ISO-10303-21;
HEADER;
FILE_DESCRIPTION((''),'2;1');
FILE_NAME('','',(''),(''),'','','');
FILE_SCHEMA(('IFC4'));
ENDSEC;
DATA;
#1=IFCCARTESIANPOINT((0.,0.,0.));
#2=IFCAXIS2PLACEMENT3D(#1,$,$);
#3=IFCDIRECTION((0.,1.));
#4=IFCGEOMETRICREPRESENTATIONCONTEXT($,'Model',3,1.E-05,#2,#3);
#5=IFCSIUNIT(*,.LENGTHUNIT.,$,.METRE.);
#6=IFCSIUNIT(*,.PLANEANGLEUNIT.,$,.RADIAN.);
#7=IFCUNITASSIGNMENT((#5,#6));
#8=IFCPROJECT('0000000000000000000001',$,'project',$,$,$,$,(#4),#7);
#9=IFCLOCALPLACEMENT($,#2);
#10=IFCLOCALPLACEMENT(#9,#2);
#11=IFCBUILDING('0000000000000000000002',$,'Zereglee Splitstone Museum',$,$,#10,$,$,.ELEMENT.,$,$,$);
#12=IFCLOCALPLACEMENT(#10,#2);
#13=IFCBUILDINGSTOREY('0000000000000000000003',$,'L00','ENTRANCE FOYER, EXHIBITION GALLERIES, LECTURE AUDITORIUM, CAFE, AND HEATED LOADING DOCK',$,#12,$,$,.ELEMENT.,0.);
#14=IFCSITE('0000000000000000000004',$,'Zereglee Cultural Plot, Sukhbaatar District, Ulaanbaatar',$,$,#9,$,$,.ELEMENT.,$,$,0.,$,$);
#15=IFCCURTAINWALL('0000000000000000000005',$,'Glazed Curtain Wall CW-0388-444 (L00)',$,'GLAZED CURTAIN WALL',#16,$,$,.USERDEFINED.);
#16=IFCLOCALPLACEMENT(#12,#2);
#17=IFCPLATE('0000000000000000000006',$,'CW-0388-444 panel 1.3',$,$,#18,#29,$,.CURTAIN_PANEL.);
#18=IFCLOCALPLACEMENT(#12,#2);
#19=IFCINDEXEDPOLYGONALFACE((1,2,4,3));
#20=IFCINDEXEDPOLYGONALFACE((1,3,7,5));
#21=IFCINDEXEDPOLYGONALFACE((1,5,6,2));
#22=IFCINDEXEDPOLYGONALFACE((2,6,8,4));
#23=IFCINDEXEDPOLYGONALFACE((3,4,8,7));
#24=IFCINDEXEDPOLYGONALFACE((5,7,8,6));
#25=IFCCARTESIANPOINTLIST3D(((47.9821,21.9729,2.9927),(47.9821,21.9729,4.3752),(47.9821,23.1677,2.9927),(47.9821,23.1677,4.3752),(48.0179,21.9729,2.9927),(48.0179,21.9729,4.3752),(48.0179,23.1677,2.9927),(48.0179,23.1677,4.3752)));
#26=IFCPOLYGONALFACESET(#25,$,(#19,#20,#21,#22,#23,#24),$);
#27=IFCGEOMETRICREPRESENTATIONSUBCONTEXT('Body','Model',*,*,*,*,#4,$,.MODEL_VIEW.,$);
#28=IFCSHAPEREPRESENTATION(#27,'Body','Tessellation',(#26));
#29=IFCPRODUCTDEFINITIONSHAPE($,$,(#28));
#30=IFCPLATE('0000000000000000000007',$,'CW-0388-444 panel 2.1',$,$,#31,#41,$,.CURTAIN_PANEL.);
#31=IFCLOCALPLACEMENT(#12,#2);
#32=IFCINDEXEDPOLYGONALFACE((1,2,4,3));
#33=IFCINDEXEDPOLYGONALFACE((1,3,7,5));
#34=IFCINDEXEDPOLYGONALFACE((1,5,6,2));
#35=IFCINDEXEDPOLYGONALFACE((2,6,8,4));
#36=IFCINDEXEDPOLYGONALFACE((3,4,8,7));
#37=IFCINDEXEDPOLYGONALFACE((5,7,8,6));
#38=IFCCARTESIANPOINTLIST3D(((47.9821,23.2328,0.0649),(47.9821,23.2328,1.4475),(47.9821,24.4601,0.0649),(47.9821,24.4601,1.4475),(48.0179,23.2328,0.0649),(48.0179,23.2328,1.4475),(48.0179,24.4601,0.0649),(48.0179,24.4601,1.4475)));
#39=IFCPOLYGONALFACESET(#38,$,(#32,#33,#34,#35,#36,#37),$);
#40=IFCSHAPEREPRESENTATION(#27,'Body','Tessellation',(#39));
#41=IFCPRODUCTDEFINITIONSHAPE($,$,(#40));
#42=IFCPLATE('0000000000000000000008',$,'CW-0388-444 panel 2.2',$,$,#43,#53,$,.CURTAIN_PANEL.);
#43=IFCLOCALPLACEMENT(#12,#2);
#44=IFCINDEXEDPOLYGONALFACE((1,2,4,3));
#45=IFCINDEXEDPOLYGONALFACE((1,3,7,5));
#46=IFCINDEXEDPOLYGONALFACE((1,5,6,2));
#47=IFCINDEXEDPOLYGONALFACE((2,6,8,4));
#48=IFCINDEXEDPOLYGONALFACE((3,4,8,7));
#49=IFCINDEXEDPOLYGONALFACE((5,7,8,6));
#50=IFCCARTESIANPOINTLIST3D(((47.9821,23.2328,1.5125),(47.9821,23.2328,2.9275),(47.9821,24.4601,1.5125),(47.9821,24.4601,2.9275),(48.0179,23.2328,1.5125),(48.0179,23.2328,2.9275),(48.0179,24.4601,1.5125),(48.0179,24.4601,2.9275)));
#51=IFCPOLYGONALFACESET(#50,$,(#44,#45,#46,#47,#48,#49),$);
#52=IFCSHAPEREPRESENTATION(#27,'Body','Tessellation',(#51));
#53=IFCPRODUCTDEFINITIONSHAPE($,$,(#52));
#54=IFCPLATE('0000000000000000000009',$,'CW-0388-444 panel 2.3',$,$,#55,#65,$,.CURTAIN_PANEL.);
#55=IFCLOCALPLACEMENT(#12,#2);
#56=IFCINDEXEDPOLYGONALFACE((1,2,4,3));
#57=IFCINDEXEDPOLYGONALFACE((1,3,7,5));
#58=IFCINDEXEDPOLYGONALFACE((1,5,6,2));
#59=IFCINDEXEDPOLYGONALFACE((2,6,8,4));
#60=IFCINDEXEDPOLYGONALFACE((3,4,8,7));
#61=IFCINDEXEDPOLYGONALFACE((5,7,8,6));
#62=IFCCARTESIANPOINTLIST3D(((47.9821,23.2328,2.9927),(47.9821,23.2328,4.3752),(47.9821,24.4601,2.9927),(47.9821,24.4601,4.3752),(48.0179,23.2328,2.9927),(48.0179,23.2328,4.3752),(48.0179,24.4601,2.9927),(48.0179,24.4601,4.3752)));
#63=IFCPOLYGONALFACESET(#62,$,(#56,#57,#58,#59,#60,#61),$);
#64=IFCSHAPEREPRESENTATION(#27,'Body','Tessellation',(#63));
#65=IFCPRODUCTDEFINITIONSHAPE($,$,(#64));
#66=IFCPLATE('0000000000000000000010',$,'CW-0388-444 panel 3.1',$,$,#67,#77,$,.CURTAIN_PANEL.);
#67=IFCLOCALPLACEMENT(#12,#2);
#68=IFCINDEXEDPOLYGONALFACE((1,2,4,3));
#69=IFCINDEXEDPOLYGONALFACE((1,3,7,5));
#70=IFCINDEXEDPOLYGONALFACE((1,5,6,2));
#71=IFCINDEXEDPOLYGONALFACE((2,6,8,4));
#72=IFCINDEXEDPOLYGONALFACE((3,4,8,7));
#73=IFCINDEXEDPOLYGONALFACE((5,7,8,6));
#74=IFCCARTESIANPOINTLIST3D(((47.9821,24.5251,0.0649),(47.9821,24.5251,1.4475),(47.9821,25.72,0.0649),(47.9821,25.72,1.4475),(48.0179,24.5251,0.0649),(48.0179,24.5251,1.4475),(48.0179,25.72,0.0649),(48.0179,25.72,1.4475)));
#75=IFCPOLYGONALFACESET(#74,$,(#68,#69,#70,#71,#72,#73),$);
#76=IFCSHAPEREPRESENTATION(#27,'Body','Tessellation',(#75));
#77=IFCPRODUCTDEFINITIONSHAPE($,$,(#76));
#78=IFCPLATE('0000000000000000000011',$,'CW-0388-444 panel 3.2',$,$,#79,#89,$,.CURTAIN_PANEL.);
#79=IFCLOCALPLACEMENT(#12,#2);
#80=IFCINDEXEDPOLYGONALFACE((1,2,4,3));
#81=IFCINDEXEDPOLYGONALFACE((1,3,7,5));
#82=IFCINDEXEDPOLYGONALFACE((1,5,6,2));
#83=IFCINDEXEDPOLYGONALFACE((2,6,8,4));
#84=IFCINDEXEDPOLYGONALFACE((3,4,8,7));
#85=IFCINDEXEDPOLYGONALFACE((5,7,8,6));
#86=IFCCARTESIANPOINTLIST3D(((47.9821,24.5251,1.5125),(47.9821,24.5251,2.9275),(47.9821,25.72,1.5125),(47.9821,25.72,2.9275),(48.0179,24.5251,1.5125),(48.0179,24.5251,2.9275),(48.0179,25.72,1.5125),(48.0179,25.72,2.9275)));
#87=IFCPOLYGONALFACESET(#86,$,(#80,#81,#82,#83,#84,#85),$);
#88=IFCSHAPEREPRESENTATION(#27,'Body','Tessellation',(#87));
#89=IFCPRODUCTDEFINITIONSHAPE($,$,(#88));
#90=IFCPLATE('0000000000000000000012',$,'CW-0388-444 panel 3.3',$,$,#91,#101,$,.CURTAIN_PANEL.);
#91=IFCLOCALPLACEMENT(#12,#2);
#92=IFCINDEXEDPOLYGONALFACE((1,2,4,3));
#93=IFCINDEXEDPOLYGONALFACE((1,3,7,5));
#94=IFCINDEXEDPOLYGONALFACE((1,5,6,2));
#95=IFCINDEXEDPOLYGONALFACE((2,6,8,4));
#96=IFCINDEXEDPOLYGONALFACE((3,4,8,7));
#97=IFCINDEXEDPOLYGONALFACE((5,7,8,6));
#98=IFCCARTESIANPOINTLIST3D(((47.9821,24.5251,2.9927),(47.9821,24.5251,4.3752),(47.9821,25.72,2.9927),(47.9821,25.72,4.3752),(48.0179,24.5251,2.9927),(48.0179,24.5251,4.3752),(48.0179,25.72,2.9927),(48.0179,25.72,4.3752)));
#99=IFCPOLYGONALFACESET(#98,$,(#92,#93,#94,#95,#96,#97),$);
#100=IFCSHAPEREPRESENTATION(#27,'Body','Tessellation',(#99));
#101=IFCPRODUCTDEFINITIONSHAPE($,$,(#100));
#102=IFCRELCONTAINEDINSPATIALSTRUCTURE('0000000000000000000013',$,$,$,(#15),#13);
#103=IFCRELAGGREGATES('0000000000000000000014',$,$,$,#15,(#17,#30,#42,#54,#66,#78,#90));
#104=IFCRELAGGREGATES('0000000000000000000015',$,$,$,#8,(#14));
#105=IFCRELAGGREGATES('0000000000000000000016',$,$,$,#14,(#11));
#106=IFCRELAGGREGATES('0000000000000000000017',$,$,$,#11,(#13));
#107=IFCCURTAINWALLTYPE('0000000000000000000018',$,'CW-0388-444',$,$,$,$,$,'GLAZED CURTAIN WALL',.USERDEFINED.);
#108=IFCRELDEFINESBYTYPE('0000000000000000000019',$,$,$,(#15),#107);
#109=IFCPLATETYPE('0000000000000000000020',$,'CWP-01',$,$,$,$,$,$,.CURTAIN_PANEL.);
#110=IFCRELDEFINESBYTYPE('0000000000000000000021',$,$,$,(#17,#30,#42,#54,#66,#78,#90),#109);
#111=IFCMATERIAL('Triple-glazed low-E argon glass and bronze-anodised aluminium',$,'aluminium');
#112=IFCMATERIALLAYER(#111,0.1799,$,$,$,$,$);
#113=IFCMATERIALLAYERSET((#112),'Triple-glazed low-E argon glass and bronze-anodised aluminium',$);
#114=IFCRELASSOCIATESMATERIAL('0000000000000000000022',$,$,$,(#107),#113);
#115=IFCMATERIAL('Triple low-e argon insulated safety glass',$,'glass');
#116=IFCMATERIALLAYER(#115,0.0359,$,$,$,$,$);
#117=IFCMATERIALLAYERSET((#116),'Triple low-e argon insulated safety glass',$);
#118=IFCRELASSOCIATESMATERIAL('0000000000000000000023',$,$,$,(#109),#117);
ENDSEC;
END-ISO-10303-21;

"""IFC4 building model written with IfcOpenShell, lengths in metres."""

from ifc_helpers import new_model, si_unit, direction, frame, origin, origin_2d, place, context, subcontext, project, spatial, rectangle, extrude, material, layer, layer_set, type_object, element, aggregate, save


model = new_model("IFC4")

# Units and contexts
model_context = context("Model", 3, precision=1e-05, world=origin(), true_north=direction((0.0, 1.0)))
body_context = subcontext(model_context, "Body", "Model", "MODEL_VIEW")
ifc_project = project(units=[si_unit("LENGTHUNIT", "METRE"), si_unit("PLANEANGLEUNIT", "RADIAN")], contexts=[model_context])

# Site, building, storey
site_placement = place(None, origin())
site = spatial("IfcSite", under=ifc_project, at=site_placement, Name="Zereglee Cultural Plot, Sukhbaatar District, Ulaanbaatar", CompositionType="ELEMENT", RefElevation=0.0)
building_placement = place(site_placement, origin())
building = spatial("IfcBuilding", under=site, at=building_placement, Name="Zereglee Splitstone Museum", CompositionType="ELEMENT")
storey_placement = place(building_placement, origin())
storey = spatial("IfcBuildingStorey", under=building, at=storey_placement, Name="L00", Description="ENTRANCE FOYER, EXHIBITION GALLERIES, LECTURE AUDITORIUM, CAFE, AND HEATED LOADING DOCK", CompositionType="ELEMENT", Elevation=0.0)

# Curtain wall, plates
ifc_material_1 = material(Name="Triple-glazed low-E argon glass and bronze-anodised aluminium", Category="aluminium")
ifc_layer_1 = layer(ifc_material_1, 0.1799)
ifc_layer_set_1 = layer_set([ifc_layer_1], Name="Triple-glazed low-E argon glass and bronze-anodised aluminium")
curtain_wall_type = type_object("IfcCurtainWallType", Name="CW-0388-444", ElementType="GLAZED CURTAIN WALL", PredefinedType="USERDEFINED", material=ifc_layer_set_1)
curtain_wall_placement = place(storey_placement, origin())
curtain_wall = element("IfcCurtainWall", 1, at=curtain_wall_placement, inside=storey, type_object=curtain_wall_type, Name="Glazed Curtain Wall CW-0388-444 (L00)", ObjectType="GLAZED CURTAIN WALL", PredefinedType="USERDEFINED")
ifc_material_2 = material(Name="Triple low-e argon insulated safety glass", Category="glass")
ifc_layer_2 = layer(ifc_material_2, 0.0359)
ifc_layer_set_2 = layer_set([ifc_layer_2], Name="Triple low-e argon insulated safety glass")
plate_type = type_object("IfcPlateType", Name="CWP-01", PredefinedType="CURTAIN_PANEL", material=ifc_layer_set_2)
plate_1_placement = place(storey_placement, frame((48.0, 22.5703, 2.9927), z_axis=(0.0, 0.0, 1.0), x_axis=(0.0, 1.0, 0.0)))
plate_1 = element("IfcPlate", 2, at=plate_1_placement, type_object=plate_type, Name="CW-0388-444 panel 1.3", PredefinedType="CURTAIN_PANEL", context=body_context, shape_type="SweptSolid", body=[
    extrude(rectangle(XDim=1.1948, YDim=0.0359, at=origin_2d()), origin(), (0.0, 0.0, 1.0), 1.3826),
])
plate_2_placement = place(storey_placement, frame((48.0, 23.8464, 0.0649), z_axis=(0.0, 0.0, 1.0), x_axis=(0.0, 1.0, 0.0)))
plate_2 = element("IfcPlate", 3, at=plate_2_placement, type_object=plate_type, Name="CW-0388-444 panel 2.1", PredefinedType="CURTAIN_PANEL", context=body_context, shape_type="SweptSolid", body=[
    extrude(rectangle(XDim=1.2273, YDim=0.0359, at=origin_2d()), origin(), (0.0, 0.0, 1.0), 1.3826),
])
plate_3_placement = place(storey_placement, frame((48.0, 23.8464, 1.5125), z_axis=(0.0, 0.0, 1.0), x_axis=(0.0, 1.0, 0.0)))
plate_3 = element("IfcPlate", 4, at=plate_3_placement, type_object=plate_type, Name="CW-0388-444 panel 2.2", PredefinedType="CURTAIN_PANEL", context=body_context, shape_type="SweptSolid", body=[
    extrude(rectangle(XDim=1.2273, YDim=0.0359, at=origin_2d()), origin(), (0.0, 0.0, 1.0), 1.415),
])
plate_4_placement = place(storey_placement, frame((48.0, 23.8464, 2.9927), z_axis=(0.0, 0.0, 1.0), x_axis=(0.0, 1.0, 0.0)))
plate_4 = element("IfcPlate", 5, at=plate_4_placement, type_object=plate_type, Name="CW-0388-444 panel 2.3", PredefinedType="CURTAIN_PANEL", context=body_context, shape_type="SweptSolid", body=[
    extrude(rectangle(XDim=1.2273, YDim=0.0359, at=origin_2d()), origin(), (0.0, 0.0, 1.0), 1.3826),
])
plate_5_placement = place(storey_placement, frame((48.0, 25.1226, 0.0649), z_axis=(0.0, 0.0, 1.0), x_axis=(0.0, 1.0, 0.0)))
plate_5 = element("IfcPlate", 6, at=plate_5_placement, type_object=plate_type, Name="CW-0388-444 panel 3.1", PredefinedType="CURTAIN_PANEL", context=body_context, shape_type="SweptSolid", body=[
    extrude(rectangle(XDim=1.1948, YDim=0.0359, at=origin_2d()), origin(), (0.0, 0.0, 1.0), 1.3826),
])
plate_6_placement = place(storey_placement, frame((48.0, 25.1226, 1.5125), z_axis=(0.0, 0.0, 1.0), x_axis=(0.0, 1.0, 0.0)))
plate_6 = element("IfcPlate", 7, at=plate_6_placement, type_object=plate_type, Name="CW-0388-444 panel 3.2", PredefinedType="CURTAIN_PANEL", context=body_context, shape_type="SweptSolid", body=[
    extrude(rectangle(XDim=1.1948, YDim=0.0359, at=origin_2d()), origin(), (0.0, 0.0, 1.0), 1.415),
])
plate_7_placement = place(storey_placement, frame((48.0, 25.1226, 2.9927), z_axis=(0.0, 0.0, 1.0), x_axis=(0.0, 1.0, 0.0)))
plate_7 = element("IfcPlate", 8, at=plate_7_placement, type_object=plate_type, Name="CW-0388-444 panel 3.3", PredefinedType="CURTAIN_PANEL", context=body_context, shape_type="SweptSolid", body=[
    extrude(rectangle(XDim=1.1948, YDim=0.0359, at=origin_2d()), origin(), (0.0, 0.0, 1.0), 1.3826),
])
aggregate(curtain_wall, [plate_1, plate_2, plate_3, plate_4, plate_5, plate_6, plate_7])

save(model, "model.ifc")
